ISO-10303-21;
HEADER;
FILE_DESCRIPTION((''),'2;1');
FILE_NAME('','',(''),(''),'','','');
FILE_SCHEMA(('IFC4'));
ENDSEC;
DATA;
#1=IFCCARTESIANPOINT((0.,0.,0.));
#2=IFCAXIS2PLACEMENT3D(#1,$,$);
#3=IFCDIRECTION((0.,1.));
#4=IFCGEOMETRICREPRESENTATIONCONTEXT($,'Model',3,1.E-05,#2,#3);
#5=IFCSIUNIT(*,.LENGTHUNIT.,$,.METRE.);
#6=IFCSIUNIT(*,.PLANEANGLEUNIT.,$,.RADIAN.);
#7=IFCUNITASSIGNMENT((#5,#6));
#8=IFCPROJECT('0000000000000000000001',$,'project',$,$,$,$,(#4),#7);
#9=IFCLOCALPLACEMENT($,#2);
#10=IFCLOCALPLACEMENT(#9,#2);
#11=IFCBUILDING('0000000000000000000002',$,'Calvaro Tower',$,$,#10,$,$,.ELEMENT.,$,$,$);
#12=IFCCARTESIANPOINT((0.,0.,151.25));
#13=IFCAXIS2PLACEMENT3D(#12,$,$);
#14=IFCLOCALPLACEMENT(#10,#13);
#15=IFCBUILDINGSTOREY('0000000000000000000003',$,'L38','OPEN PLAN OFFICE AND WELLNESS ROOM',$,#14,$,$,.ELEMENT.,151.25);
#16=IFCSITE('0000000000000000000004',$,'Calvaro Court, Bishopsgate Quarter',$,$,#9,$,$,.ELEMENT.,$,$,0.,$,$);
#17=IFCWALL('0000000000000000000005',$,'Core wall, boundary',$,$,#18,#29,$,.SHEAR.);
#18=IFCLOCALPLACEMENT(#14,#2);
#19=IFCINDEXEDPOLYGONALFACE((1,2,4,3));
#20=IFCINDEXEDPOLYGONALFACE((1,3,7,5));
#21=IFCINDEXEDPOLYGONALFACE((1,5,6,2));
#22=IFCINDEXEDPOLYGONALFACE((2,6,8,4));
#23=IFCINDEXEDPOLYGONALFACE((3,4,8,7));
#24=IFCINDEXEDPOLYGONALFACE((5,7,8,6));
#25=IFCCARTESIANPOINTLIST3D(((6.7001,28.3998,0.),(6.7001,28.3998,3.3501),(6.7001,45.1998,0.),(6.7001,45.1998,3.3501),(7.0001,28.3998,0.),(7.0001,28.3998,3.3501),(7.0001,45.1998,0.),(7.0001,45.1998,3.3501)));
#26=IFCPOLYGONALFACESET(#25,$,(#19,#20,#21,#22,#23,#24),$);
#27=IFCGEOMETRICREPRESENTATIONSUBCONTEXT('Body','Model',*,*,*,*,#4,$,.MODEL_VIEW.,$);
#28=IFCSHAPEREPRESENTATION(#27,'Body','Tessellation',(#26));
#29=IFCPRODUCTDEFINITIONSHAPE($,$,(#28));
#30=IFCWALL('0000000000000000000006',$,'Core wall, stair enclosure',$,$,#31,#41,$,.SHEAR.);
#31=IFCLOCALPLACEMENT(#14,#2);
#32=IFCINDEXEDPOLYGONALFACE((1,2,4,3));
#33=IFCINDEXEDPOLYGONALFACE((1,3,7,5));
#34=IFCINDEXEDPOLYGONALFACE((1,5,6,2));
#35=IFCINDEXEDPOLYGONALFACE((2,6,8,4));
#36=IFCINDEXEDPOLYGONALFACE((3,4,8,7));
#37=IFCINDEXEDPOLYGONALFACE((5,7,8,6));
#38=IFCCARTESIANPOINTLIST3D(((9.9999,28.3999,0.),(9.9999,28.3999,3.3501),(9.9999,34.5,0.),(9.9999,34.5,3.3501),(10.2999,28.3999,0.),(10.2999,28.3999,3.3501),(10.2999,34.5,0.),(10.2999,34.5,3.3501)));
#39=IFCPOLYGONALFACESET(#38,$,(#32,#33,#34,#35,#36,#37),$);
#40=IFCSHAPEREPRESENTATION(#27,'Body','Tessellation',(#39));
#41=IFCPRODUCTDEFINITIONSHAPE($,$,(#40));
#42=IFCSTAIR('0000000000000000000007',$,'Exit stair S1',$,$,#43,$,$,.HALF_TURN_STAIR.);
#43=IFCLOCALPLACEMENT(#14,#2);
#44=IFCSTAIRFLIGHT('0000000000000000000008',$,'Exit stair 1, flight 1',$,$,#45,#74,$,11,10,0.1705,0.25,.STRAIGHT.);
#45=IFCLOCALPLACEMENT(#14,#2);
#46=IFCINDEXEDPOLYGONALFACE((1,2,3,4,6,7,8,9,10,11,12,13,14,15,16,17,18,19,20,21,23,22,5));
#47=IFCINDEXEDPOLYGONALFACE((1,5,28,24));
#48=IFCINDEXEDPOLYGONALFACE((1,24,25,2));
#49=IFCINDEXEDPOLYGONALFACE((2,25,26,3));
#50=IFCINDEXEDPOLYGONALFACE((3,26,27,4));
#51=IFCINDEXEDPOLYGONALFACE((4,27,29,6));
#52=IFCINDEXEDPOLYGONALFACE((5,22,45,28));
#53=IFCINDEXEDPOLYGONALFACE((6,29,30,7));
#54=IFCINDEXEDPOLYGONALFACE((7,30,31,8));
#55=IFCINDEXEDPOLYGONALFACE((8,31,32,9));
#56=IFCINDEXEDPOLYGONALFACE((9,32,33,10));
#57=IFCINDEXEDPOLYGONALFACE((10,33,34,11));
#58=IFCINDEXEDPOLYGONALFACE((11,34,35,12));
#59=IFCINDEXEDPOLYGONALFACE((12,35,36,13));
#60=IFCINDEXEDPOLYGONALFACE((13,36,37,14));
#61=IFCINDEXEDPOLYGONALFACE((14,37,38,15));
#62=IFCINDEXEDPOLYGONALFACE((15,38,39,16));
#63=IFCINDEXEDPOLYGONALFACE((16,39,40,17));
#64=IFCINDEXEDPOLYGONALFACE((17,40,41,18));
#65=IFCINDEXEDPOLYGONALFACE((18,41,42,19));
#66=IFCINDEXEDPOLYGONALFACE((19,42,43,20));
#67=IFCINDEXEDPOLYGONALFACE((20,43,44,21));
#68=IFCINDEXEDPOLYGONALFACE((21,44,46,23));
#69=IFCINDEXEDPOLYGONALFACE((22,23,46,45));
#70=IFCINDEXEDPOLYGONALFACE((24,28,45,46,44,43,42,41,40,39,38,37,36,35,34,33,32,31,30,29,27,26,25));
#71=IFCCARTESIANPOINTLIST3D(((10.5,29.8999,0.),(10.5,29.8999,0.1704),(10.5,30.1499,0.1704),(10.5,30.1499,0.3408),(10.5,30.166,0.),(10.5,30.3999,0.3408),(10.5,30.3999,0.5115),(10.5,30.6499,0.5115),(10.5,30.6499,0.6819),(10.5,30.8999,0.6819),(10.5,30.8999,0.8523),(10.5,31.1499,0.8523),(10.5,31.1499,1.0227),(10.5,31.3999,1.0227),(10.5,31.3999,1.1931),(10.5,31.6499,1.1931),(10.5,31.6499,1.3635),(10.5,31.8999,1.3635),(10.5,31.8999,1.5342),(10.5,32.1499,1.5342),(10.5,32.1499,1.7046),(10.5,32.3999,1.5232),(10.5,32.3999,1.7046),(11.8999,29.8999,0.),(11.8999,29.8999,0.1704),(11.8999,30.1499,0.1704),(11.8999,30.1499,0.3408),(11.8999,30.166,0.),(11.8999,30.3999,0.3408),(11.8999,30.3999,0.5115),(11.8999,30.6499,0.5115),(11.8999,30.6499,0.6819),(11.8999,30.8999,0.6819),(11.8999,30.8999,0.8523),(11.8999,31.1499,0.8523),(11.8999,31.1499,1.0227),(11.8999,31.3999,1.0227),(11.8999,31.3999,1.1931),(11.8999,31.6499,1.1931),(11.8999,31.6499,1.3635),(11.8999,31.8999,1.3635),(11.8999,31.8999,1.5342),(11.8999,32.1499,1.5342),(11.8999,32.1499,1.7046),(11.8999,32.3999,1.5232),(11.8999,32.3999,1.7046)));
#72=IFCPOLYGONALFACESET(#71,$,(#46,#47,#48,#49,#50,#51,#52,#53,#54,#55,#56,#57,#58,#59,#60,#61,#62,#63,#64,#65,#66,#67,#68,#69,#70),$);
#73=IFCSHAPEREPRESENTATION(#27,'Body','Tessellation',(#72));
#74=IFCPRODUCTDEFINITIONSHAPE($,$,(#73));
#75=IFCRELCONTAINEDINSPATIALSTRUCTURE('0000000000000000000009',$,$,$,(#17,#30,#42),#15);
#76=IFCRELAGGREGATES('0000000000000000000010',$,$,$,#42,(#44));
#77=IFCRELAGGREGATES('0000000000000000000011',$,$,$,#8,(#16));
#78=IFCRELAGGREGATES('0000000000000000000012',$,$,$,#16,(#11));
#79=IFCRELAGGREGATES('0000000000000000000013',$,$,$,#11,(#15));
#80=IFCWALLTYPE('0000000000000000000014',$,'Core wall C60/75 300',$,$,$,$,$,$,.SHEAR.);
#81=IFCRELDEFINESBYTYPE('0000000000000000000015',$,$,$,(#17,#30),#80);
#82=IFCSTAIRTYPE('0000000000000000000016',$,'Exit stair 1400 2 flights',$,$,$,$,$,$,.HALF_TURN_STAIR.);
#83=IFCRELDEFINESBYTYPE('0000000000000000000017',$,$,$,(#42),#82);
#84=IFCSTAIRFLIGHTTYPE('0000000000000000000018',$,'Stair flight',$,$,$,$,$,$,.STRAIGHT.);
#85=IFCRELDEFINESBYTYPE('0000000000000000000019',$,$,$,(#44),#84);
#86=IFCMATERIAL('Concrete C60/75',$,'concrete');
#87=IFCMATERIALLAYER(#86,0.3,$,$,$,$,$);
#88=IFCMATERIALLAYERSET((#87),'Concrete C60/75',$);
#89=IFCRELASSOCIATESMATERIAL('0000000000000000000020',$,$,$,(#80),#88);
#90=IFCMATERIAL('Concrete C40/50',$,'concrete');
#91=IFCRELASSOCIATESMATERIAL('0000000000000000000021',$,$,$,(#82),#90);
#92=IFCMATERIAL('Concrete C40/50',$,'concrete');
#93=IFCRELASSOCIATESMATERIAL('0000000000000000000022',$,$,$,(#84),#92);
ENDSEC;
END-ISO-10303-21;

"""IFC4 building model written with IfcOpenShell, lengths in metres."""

from ifc_helpers import new_model, si_unit, direction, frame, frame_2d, origin, place, context, subcontext, project, spatial, polyline, rectangle, outline, extrude, material, layer, layer_set, type_object, element, aggregate, save


model = new_model("IFC4")

# Units and contexts
model_context = context("Model", 3, precision=1e-05, world=origin(), true_north=direction((0.0, 1.0)))
body_context = subcontext(model_context, "Body", "Model", "MODEL_VIEW")
ifc_project = project(units=[si_unit("LENGTHUNIT", "METRE"), si_unit("PLANEANGLEUNIT", "RADIAN")], contexts=[model_context])

# Site, building, storey
site_placement = place(None, origin())
site = spatial("IfcSite", under=ifc_project, at=site_placement, Name="Calvaro Court, Bishopsgate Quarter", CompositionType="ELEMENT", RefElevation=0.0)
building_placement = place(site_placement, origin())
building = spatial("IfcBuilding", under=site, at=building_placement, Name="Calvaro Tower", CompositionType="ELEMENT")
storey_placement = place(building_placement, frame((0.0, 0.0, 151.25)))
storey = spatial("IfcBuildingStorey", under=building, at=storey_placement, Name="L38", Description="OPEN PLAN OFFICE AND WELLNESS ROOM", CompositionType="ELEMENT", Elevation=151.25)

# Walls
ifc_material_1 = material(Name="Concrete C60/75", Category="concrete")
ifc_layer_1 = layer(ifc_material_1, 0.3)
ifc_layer_set_1 = layer_set([ifc_layer_1], Name="Concrete C60/75")
wall_type_1 = type_object("IfcWallType", Name="Core wall C60/75 300", PredefinedType="SHEAR", material=ifc_layer_set_1)
wall_1_placement = place(storey_placement, frame((6.8501, 28.3999, 0.0), z_axis=(0.0, 0.0, 1.0), x_axis=(0.0, 1.0, 0.0)))
element("IfcWall", 1, at=wall_1_placement, inside=storey, type_object=wall_type_1, Name="Core wall, boundary", PredefinedType="SHEAR", context=body_context, shape_type="SweptSolid", body=[
    extrude(rectangle(XDim=16.8, YDim=0.3, at=frame_2d((8.3999, 0.0))), origin(), (0.0, 0.0, 1.0), 3.3501),
])
wall_2_placement = place(storey_placement, frame((10.1499, 28.3999, 0.0), z_axis=(0.0, 0.0, 1.0), x_axis=(0.0, 1.0, 0.0)))
element("IfcWall", 2, at=wall_2_placement, inside=storey, type_object=wall_type_1, Name="Core wall, stair enclosure", PredefinedType="SHEAR", context=body_context, shape_type="SweptSolid", body=[
    extrude(rectangle(XDim=6.1001, YDim=0.3, at=frame_2d((3.05, 0.0))), origin(), (0.0, 0.0, 1.0), 3.3501),
])

# Stair, stair flight
ifc_material_2 = material(Name="Concrete C40/50", Category="concrete")
stair_type = type_object("IfcStairType", Name="Exit stair 1400 2 flights", PredefinedType="HALF_TURN_STAIR", material=ifc_material_2)
stair_placement = place(storey_placement, origin())
stair = element("IfcStair", 3, at=stair_placement, inside=storey, type_object=stair_type, Name="Exit stair S1", PredefinedType="HALF_TURN_STAIR")
ifc_material_3 = material(Name="Concrete C40/50", Category="concrete")
stair_flight_type = type_object("IfcStairFlightType", Name="Stair flight", PredefinedType="STRAIGHT", material=ifc_material_3)
stair_flight_placement = place(storey_placement, frame((11.2, 29.8999, 0.0), z_axis=(0.0, 0.0, 1.0), x_axis=(0.0, 1.0, 0.0)))
stair_flight = element("IfcStairFlight", 4, at=stair_flight_placement, type_object=stair_flight_type, Name="Exit stair 1, flight 1", NumberOfRisers=11, NumberOfTreads=10, PredefinedType="STRAIGHT", RiserHeight=0.1705, TreadLength=0.25, context=body_context, shape_type="SweptSolid", body=[
    extrude(outline(polyline([(0.0, 0.0), (0.0, 0.1704), (0.25, 0.1704), (0.25, 0.3408), (0.5, 0.3408), (0.5, 0.5115), (0.75, 0.5115), (0.75, 0.6819), (1.0, 0.6819), (1.0, 0.8523), (1.25, 0.8523), (1.25, 1.0227), (1.5, 1.0227), (1.5, 1.1931), (1.75, 1.1931), (1.75, 1.3635), (2.0, 1.3635), (2.0, 1.5342), (2.25, 1.5342), (2.25, 1.7046), (2.5, 1.7046), (2.5, 1.875), (2.5, 1.5232), (0.2661, 0.0), (0.0, 0.0)])), frame((0.0, 0.7, 0.0), z_axis=(0.0, -1.0, 0.0), x_axis=(1.0, 0.0, 0.0)), (0.0, 0.0, 1.0), 1.3999),
])
aggregate(stair, [stair_flight])

save(model, "model.ifc")
